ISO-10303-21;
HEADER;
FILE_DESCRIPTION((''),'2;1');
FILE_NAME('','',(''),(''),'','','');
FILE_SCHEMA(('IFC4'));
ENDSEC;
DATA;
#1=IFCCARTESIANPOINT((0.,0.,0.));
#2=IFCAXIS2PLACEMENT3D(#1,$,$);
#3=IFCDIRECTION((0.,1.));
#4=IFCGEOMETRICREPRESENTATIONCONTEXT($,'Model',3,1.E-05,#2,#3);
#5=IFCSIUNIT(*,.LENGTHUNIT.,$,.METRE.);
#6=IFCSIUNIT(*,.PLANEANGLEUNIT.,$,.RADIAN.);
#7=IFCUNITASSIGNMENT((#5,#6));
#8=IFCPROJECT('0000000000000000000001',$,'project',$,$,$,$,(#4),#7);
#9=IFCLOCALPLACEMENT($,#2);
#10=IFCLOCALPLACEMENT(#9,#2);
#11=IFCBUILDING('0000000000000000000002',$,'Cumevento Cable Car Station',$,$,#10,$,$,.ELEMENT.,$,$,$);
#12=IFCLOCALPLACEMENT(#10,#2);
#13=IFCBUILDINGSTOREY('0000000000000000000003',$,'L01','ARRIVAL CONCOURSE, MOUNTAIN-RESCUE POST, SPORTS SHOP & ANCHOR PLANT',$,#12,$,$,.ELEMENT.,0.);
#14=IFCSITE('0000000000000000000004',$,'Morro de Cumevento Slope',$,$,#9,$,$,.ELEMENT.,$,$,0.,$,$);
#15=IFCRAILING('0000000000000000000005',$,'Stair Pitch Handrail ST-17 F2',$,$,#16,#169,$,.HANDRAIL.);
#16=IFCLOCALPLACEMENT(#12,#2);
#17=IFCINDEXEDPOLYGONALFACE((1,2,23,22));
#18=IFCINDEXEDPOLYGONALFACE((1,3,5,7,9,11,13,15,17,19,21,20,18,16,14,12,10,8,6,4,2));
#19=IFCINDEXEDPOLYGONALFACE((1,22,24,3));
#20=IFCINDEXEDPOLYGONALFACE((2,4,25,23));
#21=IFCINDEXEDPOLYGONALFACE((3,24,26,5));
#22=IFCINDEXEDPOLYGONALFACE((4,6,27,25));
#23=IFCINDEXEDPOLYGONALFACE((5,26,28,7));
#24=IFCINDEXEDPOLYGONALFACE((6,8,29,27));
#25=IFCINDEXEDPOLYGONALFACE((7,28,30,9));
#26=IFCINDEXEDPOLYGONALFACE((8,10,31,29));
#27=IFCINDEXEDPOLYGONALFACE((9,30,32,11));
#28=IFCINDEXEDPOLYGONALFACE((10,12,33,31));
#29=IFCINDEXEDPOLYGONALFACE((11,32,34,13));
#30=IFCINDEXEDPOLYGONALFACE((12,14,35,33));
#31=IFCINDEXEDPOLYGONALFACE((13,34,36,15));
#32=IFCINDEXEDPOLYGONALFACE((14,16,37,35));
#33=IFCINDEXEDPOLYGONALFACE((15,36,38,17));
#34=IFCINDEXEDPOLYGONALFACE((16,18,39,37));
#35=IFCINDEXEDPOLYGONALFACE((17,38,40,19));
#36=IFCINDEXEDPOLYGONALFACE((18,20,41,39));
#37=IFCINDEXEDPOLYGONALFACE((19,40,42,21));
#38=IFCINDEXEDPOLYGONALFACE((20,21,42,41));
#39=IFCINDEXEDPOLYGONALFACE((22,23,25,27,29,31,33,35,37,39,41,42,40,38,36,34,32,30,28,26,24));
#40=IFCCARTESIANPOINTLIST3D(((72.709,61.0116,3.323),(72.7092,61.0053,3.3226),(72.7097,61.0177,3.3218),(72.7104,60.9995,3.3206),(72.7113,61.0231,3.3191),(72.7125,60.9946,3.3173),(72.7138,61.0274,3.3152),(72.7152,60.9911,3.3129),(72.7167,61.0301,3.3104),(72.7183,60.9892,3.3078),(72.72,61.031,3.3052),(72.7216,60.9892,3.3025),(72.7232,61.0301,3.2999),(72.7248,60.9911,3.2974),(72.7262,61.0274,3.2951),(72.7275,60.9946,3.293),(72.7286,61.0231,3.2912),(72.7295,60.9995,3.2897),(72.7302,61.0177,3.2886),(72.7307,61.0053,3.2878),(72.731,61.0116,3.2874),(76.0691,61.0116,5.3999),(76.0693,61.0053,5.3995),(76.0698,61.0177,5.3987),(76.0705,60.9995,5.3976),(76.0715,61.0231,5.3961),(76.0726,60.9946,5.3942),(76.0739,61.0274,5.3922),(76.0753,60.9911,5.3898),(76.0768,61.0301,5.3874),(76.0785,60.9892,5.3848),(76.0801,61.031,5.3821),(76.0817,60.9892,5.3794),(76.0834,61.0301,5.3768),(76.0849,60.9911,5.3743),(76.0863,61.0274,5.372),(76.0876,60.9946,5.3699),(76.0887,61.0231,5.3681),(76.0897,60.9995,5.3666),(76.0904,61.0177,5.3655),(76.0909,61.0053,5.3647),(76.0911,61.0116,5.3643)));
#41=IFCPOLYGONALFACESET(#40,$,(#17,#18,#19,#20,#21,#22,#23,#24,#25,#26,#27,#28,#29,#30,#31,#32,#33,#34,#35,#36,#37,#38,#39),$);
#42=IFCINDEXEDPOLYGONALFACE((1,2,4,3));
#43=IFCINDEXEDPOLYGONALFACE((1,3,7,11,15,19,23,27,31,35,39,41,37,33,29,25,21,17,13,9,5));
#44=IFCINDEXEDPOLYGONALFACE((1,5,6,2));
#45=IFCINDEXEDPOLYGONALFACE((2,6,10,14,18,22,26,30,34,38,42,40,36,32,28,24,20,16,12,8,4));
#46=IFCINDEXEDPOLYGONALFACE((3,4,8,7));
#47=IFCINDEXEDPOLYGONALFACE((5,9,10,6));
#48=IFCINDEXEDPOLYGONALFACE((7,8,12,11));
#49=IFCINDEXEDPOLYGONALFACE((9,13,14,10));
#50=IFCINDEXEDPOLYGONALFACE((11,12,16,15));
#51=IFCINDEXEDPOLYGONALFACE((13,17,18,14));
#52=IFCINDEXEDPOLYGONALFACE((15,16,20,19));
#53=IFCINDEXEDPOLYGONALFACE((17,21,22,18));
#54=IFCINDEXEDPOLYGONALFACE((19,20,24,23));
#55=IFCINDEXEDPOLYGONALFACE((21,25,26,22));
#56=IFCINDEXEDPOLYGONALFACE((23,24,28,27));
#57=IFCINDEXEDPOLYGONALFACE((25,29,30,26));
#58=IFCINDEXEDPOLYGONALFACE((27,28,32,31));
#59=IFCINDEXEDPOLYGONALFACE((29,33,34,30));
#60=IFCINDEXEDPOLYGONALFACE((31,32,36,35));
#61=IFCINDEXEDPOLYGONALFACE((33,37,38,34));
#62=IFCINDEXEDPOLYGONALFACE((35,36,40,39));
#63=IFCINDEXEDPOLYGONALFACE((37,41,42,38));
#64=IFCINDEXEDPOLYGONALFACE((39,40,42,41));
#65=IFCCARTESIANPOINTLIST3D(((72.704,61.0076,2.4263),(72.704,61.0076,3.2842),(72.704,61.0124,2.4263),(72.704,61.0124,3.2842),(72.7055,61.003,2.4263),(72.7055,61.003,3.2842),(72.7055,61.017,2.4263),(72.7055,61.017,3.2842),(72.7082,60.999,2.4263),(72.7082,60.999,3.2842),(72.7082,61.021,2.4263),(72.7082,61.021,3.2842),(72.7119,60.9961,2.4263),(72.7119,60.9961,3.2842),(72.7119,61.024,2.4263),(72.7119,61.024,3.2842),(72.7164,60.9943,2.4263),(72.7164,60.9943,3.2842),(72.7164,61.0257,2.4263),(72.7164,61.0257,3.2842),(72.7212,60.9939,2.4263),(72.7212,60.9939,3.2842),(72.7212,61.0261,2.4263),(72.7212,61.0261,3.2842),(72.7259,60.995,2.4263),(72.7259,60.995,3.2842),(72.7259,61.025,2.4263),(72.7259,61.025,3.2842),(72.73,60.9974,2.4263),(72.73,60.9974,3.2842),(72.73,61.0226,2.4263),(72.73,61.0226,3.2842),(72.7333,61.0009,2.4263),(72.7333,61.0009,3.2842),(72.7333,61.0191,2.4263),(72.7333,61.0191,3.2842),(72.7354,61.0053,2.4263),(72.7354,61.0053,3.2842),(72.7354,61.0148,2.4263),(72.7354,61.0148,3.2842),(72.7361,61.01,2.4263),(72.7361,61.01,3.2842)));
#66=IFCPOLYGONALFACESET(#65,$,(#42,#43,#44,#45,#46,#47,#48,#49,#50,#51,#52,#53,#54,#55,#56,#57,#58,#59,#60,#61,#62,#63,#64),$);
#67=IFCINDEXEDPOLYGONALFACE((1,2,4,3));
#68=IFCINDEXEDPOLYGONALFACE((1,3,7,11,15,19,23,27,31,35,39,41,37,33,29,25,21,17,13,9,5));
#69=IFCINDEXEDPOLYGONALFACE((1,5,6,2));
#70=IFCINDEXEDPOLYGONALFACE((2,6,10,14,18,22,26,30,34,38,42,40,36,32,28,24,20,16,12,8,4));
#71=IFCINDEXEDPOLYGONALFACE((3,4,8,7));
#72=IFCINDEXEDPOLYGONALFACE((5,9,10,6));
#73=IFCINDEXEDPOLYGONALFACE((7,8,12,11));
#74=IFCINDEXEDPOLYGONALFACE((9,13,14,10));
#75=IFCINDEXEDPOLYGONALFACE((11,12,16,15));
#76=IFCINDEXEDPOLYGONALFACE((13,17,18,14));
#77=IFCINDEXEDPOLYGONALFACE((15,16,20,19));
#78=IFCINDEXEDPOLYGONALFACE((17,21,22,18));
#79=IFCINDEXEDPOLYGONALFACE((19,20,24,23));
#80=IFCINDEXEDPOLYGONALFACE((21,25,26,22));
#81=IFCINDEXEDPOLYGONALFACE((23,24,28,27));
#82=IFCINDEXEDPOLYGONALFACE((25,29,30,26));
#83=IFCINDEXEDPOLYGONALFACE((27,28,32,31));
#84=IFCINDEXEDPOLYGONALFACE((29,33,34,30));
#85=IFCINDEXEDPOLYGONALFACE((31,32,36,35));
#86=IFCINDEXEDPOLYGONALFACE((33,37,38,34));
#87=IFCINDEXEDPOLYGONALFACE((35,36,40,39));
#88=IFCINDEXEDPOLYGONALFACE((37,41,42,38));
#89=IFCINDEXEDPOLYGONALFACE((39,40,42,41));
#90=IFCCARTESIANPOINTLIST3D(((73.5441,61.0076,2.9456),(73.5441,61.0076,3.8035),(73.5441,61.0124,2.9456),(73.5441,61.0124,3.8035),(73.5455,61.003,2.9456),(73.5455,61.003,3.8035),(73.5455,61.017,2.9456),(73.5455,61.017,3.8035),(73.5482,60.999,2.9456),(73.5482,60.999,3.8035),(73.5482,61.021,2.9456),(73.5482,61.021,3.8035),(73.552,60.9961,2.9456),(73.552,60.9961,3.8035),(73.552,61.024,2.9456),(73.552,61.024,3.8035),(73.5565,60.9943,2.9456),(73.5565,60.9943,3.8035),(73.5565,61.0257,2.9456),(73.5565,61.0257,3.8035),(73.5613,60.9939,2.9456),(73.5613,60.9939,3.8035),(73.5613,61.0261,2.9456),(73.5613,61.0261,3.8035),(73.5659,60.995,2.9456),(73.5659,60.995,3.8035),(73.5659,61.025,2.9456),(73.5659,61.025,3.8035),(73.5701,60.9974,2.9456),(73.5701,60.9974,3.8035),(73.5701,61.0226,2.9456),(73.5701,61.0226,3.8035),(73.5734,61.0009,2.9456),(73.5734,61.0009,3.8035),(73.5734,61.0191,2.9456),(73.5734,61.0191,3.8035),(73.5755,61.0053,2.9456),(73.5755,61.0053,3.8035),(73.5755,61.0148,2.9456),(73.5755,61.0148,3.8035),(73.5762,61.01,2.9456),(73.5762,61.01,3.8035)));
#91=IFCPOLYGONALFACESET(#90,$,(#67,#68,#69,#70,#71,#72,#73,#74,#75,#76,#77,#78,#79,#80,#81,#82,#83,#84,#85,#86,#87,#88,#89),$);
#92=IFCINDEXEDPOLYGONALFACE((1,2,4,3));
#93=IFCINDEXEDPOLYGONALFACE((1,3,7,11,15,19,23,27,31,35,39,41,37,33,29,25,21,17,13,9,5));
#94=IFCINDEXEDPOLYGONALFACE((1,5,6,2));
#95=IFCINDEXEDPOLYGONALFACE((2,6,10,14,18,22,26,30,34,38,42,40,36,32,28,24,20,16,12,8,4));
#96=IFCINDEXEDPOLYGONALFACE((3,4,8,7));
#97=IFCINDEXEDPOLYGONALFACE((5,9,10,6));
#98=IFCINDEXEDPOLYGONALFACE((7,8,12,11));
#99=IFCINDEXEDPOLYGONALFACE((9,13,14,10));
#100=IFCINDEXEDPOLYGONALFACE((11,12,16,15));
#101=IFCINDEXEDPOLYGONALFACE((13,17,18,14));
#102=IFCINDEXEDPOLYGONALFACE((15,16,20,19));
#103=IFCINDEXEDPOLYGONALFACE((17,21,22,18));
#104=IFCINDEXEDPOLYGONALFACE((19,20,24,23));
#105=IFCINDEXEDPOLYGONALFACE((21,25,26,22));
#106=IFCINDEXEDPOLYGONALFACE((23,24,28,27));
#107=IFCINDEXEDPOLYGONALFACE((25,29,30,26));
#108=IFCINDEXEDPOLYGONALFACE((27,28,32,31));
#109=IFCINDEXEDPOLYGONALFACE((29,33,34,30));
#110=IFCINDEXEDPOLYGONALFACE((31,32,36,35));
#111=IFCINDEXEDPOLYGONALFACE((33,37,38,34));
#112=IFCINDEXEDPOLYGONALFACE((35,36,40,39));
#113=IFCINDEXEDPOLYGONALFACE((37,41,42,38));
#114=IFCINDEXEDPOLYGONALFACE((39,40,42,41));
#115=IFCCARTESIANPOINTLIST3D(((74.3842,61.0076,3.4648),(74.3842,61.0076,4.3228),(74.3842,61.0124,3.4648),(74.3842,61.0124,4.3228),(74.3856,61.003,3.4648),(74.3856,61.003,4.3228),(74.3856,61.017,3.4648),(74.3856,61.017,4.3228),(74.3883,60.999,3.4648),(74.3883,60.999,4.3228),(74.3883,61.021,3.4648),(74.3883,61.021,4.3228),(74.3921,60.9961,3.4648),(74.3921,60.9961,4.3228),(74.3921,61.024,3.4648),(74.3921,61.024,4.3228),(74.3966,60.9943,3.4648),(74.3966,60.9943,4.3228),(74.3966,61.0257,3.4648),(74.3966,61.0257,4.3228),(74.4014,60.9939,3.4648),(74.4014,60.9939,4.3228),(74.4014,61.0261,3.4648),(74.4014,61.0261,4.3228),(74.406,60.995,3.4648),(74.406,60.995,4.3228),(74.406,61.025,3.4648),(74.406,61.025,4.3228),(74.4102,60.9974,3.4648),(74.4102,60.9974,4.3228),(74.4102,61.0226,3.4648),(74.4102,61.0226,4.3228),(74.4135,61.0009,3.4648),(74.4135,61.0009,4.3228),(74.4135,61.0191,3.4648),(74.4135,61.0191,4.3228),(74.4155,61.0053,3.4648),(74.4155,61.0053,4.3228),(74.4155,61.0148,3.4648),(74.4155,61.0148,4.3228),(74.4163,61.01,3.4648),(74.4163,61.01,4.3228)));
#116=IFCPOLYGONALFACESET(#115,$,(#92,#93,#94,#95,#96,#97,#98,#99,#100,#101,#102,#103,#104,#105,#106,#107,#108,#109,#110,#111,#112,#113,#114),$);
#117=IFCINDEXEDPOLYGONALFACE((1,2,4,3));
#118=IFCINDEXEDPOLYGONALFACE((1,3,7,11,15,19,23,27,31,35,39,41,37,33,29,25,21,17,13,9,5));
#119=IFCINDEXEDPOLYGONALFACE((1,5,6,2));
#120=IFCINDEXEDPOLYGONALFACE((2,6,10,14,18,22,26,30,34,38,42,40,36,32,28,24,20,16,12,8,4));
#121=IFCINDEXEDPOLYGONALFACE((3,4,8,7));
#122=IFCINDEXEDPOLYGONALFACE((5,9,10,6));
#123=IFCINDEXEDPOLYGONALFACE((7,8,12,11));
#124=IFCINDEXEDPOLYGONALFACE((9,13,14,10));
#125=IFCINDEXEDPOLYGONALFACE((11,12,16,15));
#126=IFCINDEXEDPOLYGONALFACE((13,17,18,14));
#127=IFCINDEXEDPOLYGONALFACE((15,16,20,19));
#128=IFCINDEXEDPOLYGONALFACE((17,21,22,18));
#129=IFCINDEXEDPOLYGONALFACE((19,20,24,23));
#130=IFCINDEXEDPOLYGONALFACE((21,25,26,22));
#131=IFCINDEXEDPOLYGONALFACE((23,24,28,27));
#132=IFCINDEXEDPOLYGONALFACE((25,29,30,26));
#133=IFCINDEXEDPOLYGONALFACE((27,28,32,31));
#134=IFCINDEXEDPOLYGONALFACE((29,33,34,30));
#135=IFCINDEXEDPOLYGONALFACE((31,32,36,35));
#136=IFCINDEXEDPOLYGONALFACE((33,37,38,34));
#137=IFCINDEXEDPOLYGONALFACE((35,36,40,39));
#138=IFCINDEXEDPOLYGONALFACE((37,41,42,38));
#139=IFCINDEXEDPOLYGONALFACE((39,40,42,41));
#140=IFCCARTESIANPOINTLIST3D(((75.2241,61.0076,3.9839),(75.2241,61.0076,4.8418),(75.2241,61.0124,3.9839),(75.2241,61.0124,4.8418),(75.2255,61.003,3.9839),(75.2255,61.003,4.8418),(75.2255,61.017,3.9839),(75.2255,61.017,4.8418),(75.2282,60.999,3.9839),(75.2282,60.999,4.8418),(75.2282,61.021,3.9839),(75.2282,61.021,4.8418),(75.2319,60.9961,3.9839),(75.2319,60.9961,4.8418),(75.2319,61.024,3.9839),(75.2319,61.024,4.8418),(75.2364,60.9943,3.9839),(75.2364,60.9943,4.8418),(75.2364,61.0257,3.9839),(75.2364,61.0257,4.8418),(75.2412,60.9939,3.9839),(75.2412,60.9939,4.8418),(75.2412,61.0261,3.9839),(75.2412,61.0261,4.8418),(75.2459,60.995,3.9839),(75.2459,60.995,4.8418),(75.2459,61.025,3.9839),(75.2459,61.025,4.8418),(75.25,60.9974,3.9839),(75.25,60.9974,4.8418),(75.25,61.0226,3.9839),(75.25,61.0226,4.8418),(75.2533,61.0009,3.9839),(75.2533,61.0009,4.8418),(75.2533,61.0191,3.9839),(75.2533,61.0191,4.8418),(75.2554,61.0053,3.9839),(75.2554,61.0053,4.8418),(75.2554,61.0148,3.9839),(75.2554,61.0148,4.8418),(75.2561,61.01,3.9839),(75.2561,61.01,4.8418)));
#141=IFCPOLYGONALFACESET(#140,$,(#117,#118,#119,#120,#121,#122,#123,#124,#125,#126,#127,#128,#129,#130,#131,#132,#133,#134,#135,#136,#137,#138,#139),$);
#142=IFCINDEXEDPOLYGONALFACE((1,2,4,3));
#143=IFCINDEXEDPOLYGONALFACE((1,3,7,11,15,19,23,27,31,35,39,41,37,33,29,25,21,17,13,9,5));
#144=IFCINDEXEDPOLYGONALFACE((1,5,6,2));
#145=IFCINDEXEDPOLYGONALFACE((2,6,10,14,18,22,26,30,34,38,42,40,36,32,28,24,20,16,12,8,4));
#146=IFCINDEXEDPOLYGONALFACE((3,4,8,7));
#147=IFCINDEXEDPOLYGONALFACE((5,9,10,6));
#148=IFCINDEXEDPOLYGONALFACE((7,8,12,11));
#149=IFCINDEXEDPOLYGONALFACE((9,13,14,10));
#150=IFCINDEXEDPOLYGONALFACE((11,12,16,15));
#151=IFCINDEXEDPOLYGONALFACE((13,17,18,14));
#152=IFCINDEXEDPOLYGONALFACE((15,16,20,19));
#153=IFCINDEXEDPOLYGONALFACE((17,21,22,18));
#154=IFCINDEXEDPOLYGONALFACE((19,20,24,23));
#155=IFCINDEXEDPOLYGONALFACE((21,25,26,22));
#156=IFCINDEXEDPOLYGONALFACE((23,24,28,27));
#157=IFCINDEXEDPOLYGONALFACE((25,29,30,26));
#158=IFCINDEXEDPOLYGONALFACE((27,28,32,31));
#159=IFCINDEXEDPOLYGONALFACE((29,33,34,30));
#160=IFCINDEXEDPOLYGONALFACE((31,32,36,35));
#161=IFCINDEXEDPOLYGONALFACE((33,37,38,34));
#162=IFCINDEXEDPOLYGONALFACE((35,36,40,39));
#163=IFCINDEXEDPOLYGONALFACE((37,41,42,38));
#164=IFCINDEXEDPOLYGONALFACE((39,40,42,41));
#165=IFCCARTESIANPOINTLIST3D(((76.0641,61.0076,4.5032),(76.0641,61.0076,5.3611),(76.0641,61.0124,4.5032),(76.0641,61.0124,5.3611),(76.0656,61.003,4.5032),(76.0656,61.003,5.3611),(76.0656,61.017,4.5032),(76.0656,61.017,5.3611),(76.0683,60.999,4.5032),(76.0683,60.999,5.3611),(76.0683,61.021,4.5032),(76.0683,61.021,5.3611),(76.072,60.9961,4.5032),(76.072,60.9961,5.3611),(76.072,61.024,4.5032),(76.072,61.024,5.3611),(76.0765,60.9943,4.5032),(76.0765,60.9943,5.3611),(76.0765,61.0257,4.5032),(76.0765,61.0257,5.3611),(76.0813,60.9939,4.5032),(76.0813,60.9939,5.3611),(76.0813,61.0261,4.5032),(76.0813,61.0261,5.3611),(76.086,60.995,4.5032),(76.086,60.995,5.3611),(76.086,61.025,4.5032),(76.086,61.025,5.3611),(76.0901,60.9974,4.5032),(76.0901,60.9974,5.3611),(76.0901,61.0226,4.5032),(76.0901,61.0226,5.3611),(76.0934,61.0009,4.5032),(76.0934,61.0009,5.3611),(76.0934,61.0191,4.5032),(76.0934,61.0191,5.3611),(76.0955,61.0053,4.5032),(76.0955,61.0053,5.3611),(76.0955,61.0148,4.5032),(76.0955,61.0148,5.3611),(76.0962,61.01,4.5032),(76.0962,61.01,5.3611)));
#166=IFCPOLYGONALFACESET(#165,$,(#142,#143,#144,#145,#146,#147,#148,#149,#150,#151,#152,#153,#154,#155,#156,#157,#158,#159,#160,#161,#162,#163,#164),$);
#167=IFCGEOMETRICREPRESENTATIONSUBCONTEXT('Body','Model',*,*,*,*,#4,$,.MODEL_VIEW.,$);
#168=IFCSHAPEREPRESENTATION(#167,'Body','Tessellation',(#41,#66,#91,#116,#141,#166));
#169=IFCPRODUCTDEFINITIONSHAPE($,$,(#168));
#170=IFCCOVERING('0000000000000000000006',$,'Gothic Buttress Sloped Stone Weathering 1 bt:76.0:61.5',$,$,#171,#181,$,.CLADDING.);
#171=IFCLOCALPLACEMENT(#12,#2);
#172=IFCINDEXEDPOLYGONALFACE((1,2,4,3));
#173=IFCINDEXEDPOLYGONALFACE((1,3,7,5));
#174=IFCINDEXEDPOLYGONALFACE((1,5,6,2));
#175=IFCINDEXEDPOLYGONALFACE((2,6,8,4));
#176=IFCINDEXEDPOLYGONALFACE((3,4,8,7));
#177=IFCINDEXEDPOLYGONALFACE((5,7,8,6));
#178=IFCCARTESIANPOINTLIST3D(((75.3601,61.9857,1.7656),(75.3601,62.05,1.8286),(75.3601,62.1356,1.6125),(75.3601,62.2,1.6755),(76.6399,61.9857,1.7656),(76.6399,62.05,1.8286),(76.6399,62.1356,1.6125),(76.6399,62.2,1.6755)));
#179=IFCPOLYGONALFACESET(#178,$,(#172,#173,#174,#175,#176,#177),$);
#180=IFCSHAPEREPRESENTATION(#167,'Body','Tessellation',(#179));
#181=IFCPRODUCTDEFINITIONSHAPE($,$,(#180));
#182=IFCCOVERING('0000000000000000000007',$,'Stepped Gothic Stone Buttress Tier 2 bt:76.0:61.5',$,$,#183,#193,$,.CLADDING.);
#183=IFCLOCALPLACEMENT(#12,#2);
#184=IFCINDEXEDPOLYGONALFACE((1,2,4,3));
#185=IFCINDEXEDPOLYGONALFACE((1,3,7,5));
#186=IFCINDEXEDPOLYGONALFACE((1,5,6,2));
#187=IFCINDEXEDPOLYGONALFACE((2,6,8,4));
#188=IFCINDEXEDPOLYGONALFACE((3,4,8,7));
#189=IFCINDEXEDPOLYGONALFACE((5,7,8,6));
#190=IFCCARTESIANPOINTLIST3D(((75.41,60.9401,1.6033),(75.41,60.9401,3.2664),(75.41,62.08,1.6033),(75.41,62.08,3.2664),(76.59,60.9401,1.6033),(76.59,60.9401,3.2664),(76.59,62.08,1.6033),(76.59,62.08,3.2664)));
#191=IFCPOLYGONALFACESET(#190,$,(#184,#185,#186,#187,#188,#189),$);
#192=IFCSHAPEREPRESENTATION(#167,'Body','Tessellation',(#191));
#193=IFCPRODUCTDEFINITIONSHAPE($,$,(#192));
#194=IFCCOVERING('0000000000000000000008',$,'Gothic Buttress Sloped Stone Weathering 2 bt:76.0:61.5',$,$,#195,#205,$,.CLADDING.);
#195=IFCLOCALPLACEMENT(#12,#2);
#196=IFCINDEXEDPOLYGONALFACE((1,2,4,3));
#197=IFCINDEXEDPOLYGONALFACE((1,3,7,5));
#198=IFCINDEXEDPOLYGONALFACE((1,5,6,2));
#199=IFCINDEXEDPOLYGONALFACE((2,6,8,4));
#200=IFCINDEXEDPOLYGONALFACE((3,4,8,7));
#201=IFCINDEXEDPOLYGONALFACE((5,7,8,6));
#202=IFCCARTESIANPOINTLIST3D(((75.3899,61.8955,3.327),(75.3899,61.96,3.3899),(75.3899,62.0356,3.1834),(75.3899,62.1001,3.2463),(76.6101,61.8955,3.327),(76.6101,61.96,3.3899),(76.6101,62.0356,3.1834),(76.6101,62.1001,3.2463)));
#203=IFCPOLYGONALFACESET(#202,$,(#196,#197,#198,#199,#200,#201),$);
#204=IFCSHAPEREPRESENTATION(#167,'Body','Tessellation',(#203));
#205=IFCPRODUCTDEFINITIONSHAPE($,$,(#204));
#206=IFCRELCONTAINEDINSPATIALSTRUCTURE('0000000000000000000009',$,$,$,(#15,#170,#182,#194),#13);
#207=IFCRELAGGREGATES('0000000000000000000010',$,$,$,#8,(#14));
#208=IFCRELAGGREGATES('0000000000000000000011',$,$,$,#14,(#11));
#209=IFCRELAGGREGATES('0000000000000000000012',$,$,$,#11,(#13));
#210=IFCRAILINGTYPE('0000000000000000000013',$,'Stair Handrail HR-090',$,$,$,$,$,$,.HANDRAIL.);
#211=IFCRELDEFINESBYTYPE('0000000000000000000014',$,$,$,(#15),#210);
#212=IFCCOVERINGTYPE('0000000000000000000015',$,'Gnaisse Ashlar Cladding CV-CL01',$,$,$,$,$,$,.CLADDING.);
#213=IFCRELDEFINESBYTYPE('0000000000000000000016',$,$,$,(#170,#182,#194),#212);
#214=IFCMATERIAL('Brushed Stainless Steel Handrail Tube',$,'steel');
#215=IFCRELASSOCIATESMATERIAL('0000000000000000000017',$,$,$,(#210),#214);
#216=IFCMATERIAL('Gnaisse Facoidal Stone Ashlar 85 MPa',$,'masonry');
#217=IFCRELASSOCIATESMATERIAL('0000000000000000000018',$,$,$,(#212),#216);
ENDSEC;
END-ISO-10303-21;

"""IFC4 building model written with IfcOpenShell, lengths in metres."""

from ifc_helpers import new_model, si_unit, direction, frame, origin, origin_2d, place, context, subcontext, project, spatial, polyline, rectangle, circle, outline, extrude, material, type_object, element, save


model = new_model("IFC4")

# Units and contexts
model_context = context("Model", 3, precision=1e-05, world=origin(), true_north=direction((0.0, 1.0)))
body_context = subcontext(model_context, "Body", "Model", "MODEL_VIEW")
ifc_project = project(units=[si_unit("LENGTHUNIT", "METRE"), si_unit("PLANEANGLEUNIT", "RADIAN")], contexts=[model_context])

# Site, building, storey
site_placement = place(None, origin())
site = spatial("IfcSite", under=ifc_project, at=site_placement, Name="Morro de Cumevento Slope", CompositionType="ELEMENT", RefElevation=0.0)
building_placement = place(site_placement, origin())
building = spatial("IfcBuilding", under=site, at=building_placement, Name="Cumevento Cable Car Station", CompositionType="ELEMENT")
storey_placement = place(building_placement, origin())
storey = spatial("IfcBuildingStorey", under=building, at=storey_placement, Name="L01", Description="ARRIVAL CONCOURSE, MOUNTAIN-RESCUE POST, SPORTS SHOP & ANCHOR PLANT", CompositionType="ELEMENT", Elevation=0.0)

# Railing
ifc_material_1 = material(Name="Brushed Stainless Steel Handrail Tube", Category="steel")
railing_type = type_object("IfcRailingType", Name="Stair Handrail HR-090", PredefinedType="HANDRAIL", material=ifc_material_1)
railing_placement = place(storey_placement, frame((72.72, 61.01, 2.4263)))
element("IfcRailing", 1, at=railing_placement, inside=storey, type_object=railing_type, Name="Stair Pitch Handrail ST-17 F2", PredefinedType="HANDRAIL", context=body_context, shape_type="SweptSolid", body=[
    extrude(circle(Radius=0.021, at=origin_2d()), frame((0.0, 0.0, 0.8789), z_axis=(0.850623, 0.0, 0.525776), x_axis=(0.0, 1.0, 0.0)), (0.0, 0.0, 1.0), 3.9502),
    extrude(circle(Radius=0.0161, at=origin_2d()), origin(), (0.0, 0.0, 1.0), 0.8579),
    extrude(circle(Radius=0.0161, at=origin_2d()), frame((0.8401, 0.0, 0.5193)), (0.0, 0.0, 1.0), 0.8579),
    extrude(circle(Radius=0.0161, at=origin_2d()), frame((1.6802, 0.0, 1.0386)), (0.0, 0.0, 1.0), 0.8579),
    extrude(circle(Radius=0.0161, at=origin_2d()), frame((2.52, 0.0, 1.5576)), (0.0, 0.0, 1.0), 0.8579),
    extrude(circle(Radius=0.0161, at=origin_2d()), frame((3.3601, 0.0, 2.0769)), (0.0, 0.0, 1.0), 0.8579),
])

# Coverings
ifc_material_2 = material(Name="Gnaisse Facoidal Stone Ashlar 85 MPa", Category="masonry")
covering_type = type_object("IfcCoveringType", Name="Gnaisse Ashlar Cladding CV-CL01", PredefinedType="CLADDING", material=ifc_material_2)
covering_1_placement = place(storey_placement, frame((76.6399, 62.2, 1.6755), z_axis=(0.0, 0.714475, 0.699661), x_axis=(-1.0, 0.0, 0.0)))
element("IfcCovering", 2, at=covering_1_placement, inside=storey, type_object=covering_type, Name="Gothic Buttress Sloped Stone Weathering 1 bt:76.0:61.5", PredefinedType="CLADDING", context=body_context, shape_type="SweptSolid", body=[
    extrude(outline(polyline([(0.0, 0.0), (1.2798, 0.0), (1.2798, 0.2142), (0.0, 0.2142), (0.0, 0.0)])), origin(), (0.0, 0.0, -1.0), 0.0901),
])
covering_2_placement = place(storey_placement, frame((76.0, 61.51, 1.6033), z_axis=(0.0, 0.0, 1.0), x_axis=(-1.0, 0.0, 0.0)))
element("IfcCovering", 3, at=covering_2_placement, inside=storey, type_object=covering_type, Name="Stepped Gothic Stone Buttress Tier 2 bt:76.0:61.5", PredefinedType="CLADDING", context=body_context, shape_type="SweptSolid", body=[
    extrude(rectangle(XDim=1.1799, YDim=1.1399, at=origin_2d()), origin(), (0.0, 0.0, 1.0), 1.6631),
])
covering_3_placement = place(storey_placement, frame((76.6101, 62.1001, 3.2463), z_axis=(0.0, 0.715574, 0.698537), x_axis=(-1.0, 0.0, 0.0)))
element("IfcCovering", 4, at=covering_3_placement, inside=storey, type_object=covering_type, Name="Gothic Buttress Sloped Stone Weathering 2 bt:76.0:61.5", PredefinedType="CLADDING", context=body_context, shape_type="SweptSolid", body=[
    extrude(outline(polyline([(0.0, 0.0), (1.2202, 0.0), (1.2202, 0.2006), (0.0, 0.2006), (0.0, 0.0)])), origin(), (0.0, 0.0, -1.0), 0.0901),
])

save(model, "model.ifc")
